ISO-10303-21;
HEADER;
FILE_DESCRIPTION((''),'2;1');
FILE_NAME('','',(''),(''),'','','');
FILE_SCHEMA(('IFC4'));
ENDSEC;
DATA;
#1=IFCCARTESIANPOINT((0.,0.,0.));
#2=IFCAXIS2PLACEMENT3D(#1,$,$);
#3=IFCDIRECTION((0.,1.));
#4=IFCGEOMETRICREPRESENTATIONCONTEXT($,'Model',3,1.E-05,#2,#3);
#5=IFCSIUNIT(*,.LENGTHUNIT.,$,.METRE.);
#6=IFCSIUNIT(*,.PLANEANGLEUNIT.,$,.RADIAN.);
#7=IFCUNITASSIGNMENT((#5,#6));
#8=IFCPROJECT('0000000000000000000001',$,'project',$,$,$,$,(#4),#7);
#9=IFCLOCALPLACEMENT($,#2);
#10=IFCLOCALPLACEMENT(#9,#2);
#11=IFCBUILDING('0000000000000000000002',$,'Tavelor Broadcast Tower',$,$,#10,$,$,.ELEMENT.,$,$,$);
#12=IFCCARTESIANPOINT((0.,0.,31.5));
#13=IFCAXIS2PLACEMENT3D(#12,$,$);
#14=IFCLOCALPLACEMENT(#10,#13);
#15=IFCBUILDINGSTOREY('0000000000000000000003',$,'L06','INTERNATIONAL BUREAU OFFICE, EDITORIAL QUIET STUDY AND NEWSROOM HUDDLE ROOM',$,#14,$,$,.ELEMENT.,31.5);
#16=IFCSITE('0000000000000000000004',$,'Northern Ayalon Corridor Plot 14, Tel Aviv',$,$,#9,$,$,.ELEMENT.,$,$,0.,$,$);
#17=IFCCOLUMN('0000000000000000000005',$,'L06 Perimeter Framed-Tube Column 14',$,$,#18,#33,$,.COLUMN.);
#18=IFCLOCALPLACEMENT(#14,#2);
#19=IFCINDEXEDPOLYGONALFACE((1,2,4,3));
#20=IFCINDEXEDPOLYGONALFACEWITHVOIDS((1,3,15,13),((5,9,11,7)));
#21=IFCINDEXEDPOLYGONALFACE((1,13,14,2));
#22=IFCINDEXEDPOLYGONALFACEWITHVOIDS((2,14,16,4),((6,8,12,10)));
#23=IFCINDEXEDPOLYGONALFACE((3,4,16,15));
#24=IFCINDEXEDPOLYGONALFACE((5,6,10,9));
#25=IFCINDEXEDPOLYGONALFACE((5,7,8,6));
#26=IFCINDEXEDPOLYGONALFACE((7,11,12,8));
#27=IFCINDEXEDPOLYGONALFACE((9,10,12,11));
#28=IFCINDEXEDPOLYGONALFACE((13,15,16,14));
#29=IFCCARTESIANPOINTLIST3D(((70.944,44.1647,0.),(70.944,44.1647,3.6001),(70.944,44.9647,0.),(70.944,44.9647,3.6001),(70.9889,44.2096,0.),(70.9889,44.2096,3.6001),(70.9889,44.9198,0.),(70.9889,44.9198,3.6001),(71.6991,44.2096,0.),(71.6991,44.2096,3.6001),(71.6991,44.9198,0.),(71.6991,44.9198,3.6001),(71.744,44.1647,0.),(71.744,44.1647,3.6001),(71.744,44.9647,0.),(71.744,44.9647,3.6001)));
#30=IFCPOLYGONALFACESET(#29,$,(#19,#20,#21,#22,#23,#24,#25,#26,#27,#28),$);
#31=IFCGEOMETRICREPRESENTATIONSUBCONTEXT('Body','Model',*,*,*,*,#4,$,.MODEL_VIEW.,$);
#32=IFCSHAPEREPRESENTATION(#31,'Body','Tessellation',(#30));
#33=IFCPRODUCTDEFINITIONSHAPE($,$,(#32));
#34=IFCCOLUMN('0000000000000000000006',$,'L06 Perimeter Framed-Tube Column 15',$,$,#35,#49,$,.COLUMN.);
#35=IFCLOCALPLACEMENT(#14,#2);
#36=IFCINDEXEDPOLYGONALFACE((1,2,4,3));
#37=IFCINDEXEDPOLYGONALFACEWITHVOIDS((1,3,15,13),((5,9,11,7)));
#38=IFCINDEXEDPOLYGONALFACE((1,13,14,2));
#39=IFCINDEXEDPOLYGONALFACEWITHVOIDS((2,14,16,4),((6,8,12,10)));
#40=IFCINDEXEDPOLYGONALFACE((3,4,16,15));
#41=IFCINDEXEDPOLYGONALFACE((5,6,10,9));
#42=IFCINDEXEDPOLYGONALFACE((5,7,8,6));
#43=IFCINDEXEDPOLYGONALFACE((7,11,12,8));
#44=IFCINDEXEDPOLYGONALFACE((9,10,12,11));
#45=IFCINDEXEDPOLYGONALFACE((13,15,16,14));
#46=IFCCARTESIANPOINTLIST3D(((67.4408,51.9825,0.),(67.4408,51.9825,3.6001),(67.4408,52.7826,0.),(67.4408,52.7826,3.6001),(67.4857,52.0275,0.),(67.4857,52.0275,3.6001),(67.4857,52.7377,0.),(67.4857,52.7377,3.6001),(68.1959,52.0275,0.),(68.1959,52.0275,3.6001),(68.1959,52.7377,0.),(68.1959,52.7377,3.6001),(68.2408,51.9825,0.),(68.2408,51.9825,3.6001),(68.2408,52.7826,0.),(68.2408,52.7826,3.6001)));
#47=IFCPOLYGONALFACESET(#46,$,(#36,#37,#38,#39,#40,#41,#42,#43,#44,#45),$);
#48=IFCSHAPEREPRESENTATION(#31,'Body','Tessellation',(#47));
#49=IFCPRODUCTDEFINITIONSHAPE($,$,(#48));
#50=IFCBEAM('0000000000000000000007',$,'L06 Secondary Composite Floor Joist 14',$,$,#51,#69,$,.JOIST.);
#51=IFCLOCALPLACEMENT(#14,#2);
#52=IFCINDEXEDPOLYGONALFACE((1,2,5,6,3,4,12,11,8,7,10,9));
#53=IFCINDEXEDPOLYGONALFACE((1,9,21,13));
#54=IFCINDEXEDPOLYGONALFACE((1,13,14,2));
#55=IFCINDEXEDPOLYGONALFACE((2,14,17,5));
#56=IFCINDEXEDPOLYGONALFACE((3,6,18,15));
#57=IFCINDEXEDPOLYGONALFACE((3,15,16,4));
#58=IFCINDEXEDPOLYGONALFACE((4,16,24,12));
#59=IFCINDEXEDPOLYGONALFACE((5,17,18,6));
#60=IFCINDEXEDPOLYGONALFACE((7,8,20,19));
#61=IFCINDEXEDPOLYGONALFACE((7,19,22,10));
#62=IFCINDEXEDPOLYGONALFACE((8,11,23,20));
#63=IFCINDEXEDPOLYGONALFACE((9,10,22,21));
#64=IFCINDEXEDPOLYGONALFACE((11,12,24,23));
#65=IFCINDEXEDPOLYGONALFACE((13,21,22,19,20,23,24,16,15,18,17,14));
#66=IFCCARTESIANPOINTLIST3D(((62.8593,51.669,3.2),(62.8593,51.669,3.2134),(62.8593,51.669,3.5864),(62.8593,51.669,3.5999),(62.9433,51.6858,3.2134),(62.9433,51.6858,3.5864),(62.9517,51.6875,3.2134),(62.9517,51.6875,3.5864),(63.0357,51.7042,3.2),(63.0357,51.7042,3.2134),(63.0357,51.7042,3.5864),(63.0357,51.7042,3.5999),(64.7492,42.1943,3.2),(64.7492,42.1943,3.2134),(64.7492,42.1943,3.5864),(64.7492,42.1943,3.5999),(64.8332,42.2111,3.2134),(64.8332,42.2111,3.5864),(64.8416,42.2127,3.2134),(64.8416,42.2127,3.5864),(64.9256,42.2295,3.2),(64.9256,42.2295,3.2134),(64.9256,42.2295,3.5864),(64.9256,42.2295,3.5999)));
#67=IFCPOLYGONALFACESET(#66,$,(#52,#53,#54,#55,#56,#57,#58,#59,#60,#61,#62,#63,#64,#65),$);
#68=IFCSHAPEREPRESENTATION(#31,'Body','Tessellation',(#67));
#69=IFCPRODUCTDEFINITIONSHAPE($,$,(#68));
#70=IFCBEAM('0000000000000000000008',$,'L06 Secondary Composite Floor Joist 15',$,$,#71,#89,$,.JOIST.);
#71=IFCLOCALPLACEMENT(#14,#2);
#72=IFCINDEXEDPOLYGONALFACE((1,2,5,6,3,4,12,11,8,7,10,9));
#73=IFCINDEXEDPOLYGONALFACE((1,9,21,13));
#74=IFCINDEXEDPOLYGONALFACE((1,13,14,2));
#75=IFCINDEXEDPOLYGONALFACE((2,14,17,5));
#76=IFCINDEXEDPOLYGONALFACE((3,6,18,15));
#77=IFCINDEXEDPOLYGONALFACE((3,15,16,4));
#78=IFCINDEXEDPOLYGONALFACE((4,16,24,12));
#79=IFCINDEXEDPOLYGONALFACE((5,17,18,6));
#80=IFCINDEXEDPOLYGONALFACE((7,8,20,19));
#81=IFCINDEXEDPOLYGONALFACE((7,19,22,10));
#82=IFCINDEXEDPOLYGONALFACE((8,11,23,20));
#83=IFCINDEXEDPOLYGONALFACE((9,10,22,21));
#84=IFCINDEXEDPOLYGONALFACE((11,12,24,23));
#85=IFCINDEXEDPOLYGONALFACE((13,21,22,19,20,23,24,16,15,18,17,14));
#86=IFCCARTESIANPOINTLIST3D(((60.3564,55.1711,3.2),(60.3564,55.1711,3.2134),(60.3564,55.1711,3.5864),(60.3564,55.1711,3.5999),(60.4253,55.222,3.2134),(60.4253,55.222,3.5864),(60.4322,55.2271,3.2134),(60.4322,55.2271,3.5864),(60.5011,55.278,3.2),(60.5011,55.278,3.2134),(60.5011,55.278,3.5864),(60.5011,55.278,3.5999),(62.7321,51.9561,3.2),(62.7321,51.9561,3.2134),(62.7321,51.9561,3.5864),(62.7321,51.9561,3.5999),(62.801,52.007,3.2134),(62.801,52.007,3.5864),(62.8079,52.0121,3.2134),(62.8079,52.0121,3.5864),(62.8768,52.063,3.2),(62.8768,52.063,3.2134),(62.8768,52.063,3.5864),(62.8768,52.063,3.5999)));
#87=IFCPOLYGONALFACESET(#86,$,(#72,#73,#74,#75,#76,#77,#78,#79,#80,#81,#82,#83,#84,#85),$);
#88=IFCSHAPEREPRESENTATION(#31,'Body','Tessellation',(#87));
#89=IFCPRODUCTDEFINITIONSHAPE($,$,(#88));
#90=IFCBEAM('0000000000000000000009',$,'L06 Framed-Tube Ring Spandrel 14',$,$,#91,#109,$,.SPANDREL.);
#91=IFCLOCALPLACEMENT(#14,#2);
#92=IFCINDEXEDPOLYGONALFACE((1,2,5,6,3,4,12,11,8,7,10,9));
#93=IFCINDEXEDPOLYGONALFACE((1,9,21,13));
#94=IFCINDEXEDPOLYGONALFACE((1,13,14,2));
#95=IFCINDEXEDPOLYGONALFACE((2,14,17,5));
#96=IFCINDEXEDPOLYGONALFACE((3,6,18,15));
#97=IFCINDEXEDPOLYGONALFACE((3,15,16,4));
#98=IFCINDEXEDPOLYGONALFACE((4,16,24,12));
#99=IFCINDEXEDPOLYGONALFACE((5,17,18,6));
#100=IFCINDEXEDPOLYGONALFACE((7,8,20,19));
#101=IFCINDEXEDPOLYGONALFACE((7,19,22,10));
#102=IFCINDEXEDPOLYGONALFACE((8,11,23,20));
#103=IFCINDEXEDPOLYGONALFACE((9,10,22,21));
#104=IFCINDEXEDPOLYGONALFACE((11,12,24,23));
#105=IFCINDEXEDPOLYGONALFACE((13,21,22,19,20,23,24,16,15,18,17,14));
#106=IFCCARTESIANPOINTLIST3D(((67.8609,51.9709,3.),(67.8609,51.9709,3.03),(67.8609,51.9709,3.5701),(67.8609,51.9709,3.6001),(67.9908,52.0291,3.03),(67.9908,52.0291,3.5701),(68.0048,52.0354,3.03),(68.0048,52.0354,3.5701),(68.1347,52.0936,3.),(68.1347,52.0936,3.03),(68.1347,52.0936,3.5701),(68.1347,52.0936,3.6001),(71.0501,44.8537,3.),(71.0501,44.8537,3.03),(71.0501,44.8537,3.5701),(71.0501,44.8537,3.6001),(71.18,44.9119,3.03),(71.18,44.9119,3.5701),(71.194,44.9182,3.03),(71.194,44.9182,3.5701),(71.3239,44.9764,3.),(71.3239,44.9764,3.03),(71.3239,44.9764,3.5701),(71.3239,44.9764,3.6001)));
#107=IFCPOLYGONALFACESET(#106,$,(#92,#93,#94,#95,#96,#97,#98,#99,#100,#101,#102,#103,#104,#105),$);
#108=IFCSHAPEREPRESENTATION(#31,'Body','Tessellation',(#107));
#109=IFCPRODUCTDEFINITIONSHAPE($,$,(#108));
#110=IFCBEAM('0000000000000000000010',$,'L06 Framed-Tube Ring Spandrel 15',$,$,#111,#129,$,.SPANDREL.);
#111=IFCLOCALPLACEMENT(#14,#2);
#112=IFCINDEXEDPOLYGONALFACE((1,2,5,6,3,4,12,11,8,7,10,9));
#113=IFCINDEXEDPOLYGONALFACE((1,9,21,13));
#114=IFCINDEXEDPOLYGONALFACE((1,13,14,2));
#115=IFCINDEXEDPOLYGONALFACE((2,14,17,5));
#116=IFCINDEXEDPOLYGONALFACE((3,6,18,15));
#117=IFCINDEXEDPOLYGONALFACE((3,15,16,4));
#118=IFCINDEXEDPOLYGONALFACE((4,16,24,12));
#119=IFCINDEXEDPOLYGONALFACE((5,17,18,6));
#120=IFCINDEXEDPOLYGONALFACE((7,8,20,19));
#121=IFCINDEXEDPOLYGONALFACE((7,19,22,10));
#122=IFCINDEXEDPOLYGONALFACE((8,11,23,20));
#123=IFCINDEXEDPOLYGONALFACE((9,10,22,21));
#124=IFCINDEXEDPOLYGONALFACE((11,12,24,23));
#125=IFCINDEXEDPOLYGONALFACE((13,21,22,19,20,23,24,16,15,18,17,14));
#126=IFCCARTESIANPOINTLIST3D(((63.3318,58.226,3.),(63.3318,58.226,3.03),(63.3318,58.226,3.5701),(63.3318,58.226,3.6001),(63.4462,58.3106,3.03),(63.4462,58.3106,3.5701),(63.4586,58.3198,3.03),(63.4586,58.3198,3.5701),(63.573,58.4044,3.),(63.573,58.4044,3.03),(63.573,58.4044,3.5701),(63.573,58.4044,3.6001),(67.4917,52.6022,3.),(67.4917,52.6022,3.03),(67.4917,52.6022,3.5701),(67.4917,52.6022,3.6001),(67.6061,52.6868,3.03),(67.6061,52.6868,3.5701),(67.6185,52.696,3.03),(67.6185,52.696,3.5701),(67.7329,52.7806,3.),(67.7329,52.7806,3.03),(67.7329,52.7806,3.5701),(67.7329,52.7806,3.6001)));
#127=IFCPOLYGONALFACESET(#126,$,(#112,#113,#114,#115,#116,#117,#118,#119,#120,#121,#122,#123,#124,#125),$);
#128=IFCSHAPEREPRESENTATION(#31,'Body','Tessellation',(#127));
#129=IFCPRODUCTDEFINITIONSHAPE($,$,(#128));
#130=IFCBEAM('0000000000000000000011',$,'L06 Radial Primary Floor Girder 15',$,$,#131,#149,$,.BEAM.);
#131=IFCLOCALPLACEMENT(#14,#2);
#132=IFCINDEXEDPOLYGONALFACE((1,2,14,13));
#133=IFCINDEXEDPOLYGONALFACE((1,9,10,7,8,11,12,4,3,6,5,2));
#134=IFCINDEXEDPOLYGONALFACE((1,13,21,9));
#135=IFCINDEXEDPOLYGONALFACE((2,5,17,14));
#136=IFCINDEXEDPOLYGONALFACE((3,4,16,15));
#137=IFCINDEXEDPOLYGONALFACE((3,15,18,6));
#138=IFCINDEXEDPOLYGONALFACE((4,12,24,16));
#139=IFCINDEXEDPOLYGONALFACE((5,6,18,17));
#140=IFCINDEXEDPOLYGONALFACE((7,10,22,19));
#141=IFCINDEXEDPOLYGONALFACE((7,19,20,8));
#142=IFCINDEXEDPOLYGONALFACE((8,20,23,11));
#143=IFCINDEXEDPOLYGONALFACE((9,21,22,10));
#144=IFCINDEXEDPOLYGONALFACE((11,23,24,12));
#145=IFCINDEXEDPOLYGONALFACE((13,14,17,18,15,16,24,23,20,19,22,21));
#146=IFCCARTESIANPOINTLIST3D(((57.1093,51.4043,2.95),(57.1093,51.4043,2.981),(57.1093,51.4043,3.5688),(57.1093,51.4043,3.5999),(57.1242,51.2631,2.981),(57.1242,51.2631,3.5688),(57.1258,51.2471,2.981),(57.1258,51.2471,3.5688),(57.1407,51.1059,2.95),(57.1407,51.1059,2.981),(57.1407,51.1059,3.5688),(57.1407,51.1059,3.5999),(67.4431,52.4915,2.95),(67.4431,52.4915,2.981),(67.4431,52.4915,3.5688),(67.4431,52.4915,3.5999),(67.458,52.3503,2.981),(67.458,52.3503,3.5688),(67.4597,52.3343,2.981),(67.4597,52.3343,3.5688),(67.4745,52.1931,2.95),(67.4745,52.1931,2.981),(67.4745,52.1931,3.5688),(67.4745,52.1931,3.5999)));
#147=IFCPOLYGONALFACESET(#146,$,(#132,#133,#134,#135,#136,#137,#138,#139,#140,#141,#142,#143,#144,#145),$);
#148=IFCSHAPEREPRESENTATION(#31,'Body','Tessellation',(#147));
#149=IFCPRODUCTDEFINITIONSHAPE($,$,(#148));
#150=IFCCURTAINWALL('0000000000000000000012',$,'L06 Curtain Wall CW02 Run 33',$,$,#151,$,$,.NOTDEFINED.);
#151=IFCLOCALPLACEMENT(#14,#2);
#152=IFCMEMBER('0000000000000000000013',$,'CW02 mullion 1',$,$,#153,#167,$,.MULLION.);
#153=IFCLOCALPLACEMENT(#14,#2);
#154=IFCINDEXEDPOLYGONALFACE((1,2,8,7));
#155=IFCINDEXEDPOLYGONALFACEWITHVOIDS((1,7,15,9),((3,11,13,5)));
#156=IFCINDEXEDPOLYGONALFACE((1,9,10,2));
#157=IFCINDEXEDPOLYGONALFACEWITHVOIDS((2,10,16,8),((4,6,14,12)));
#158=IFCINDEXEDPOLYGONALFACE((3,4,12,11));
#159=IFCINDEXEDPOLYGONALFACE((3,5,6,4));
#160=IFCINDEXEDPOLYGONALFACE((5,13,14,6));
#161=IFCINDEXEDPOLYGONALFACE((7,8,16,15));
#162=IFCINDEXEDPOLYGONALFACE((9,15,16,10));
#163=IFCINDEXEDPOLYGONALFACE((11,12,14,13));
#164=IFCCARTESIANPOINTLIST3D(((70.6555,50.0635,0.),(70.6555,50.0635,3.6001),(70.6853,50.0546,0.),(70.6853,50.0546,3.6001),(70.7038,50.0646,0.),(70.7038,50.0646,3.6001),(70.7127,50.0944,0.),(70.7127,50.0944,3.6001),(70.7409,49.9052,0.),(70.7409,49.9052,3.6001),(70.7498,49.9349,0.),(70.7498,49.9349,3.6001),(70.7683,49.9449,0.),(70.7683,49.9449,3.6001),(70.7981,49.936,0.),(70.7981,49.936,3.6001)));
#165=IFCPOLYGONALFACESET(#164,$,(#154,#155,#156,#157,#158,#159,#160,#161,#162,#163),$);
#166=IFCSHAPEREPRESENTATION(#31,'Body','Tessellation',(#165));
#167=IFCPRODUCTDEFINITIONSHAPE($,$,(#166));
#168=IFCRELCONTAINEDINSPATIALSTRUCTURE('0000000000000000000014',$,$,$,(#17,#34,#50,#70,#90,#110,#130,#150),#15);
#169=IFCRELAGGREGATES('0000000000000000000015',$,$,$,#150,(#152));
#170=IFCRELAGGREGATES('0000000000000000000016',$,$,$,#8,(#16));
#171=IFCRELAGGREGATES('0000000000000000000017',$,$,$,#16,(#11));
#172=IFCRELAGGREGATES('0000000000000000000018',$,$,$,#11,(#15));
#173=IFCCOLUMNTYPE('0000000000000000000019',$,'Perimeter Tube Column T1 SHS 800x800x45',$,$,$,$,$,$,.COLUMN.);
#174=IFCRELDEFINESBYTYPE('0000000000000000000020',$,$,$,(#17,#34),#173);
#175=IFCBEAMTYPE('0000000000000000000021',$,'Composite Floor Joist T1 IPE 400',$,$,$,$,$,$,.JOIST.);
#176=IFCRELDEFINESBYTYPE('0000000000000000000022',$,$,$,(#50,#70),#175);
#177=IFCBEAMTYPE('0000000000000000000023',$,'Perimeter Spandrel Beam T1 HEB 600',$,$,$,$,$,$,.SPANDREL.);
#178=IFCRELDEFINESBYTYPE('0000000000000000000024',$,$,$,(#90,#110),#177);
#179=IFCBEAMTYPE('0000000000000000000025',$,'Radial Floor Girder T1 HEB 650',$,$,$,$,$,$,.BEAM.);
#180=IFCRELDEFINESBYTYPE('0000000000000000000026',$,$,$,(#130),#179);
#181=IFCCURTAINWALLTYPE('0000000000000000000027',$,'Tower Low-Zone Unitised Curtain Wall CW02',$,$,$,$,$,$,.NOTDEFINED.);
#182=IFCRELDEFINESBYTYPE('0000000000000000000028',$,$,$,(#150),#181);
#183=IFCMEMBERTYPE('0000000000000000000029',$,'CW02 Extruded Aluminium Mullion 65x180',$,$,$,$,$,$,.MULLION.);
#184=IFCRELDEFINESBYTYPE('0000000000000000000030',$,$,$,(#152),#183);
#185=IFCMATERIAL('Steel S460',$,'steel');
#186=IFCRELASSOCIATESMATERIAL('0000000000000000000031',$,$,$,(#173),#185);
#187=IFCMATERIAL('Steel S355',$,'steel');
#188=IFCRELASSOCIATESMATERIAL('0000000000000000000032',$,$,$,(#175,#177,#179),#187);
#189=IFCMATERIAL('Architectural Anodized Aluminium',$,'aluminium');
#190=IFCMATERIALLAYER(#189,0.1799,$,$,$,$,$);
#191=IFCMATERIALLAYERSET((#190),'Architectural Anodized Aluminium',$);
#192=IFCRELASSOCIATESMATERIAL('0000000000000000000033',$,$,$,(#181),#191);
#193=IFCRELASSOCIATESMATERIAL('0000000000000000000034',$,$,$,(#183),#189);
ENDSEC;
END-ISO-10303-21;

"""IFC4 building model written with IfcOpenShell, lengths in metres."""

from ifc_helpers import new_model, si_unit, direction, frame, origin, origin_2d, place, context, subcontext, project, spatial, hollow_rectangle, i_section, extrude, source, transform, mapped, material, layer, layer_set, material_profile, profile_set, type_object, type_shapes, element, aggregate, save


model = new_model("IFC4")

# Units and contexts
model_context = context("Model", 3, precision=1e-05, world=origin(), true_north=direction((0.0, 1.0)))
body_context = subcontext(model_context, "Body", "Model", "MODEL_VIEW")
ifc_project = project(units=[si_unit("LENGTHUNIT", "METRE"), si_unit("PLANEANGLEUNIT", "RADIAN")], contexts=[model_context])

# Site, building, storey
site_placement = place(None, origin())
site = spatial("IfcSite", under=ifc_project, at=site_placement, Name="Northern Ayalon Corridor Plot 14, Tel Aviv", CompositionType="ELEMENT", RefElevation=0.0)
building_placement = place(site_placement, origin())
building = spatial("IfcBuilding", under=site, at=building_placement, Name="Tavelor Broadcast Tower", CompositionType="ELEMENT")
storey_placement = place(building_placement, frame((0.0, 0.0, 31.5)))
storey = spatial("IfcBuildingStorey", under=building, at=storey_placement, Name="L06", Description="INTERNATIONAL BUREAU OFFICE, EDITORIAL QUIET STUDY AND NEWSROOM HUDDLE ROOM", CompositionType="ELEMENT", Elevation=31.5)

# Columns
ifc_material_1 = material(Name="Steel S460", Category="steel")
ifc_material_profile_1 = material_profile(ifc_material_1, hollow_rectangle(XDim=0.8, YDim=0.8, WallThickness=0.0449, at=origin_2d()), Name="SHS 800x800x45")
ifc_profile_set_1 = profile_set([ifc_material_profile_1], Name="Steel S460")
column_type = type_object("IfcColumnType", Name="Perimeter Tube Column T1 SHS 800x800x45", PredefinedType="COLUMN", material=ifc_profile_set_1)
for number, where, z_axis, x_axis, name in (
    (1, (71.344, 44.5647, 0.0), (0.0, 0.0, 1.0), (1.0, 0.0, 0.0), "L06 Perimeter Framed-Tube Column 14"),
    (2, (67.8408, 52.3826, 0.0), (0.0, 0.0, 1.0), (1.0, 0.0, 0.0), "L06 Perimeter Framed-Tube Column 15"),
):
    element("IfcColumn", number, at=place(storey_placement, frame(where, z_axis=z_axis, x_axis=x_axis)), inside=storey, type_object=column_type, Name=name, PredefinedType="COLUMN", context=body_context, shape_type="SweptSolid", body=[
        extrude(hollow_rectangle(XDim=0.8, YDim=0.8, WallThickness=0.0449, at=origin_2d()), origin(), (0.0, 0.0, 1.0), 3.6001),
    ])

# Beams
ifc_material_2 = material(Name="Steel S355", Category="steel")
ifc_material_profile_2 = material_profile(ifc_material_2, i_section(OverallWidth=0.1799, OverallDepth=0.3999, WebThickness=0.0085, FlangeThickness=0.0134, at=origin_2d()), Name="IPE 400")
ifc_profile_set_2 = profile_set([ifc_material_profile_2], Name="Steel S355")
beam_type_1 = type_object("IfcBeamType", Name="Composite Floor Joist T1 IPE 400", PredefinedType="JOIST", material=ifc_profile_set_2)
beam_1_placement = place(storey_placement, frame((64.8374, 42.2119, 3.3999), z_axis=(-0.195616, 0.980681, 0.0), x_axis=(-0.980681, -0.195616, 0.0)))
element("IfcBeam", 3, at=beam_1_placement, inside=storey, type_object=beam_type_1, Name="L06 Secondary Composite Floor Joist 14", PredefinedType="JOIST", context=body_context, shape_type="SweptSolid", body=[
    extrude(i_section(OverallWidth=0.1799, OverallDepth=0.3999, WebThickness=0.0085, FlangeThickness=0.0134, at=origin_2d()), origin(), (0.0, 0.0, 1.0), 9.6614),
])
beam_2_placement = place(storey_placement, frame((62.8044, 52.0095, 3.3999), z_axis=(-0.594288, 0.804252, 0.0), x_axis=(-0.804252, -0.594288, 0.0)))
element("IfcBeam", 4, at=beam_2_placement, inside=storey, type_object=beam_type_1, Name="L06 Secondary Composite Floor Joist 15", PredefinedType="JOIST", context=body_context, shape_type="SweptSolid", body=[
    extrude(i_section(OverallWidth=0.1799, OverallDepth=0.3999, WebThickness=0.0085, FlangeThickness=0.0134, at=origin_2d()), origin(), (0.0, 0.0, 1.0), 3.9976),
])
ifc_material_profile_3 = material_profile(ifc_material_2, i_section(OverallWidth=0.3, OverallDepth=0.6001, WebThickness=0.0154, FlangeThickness=0.03, at=origin_2d()), Name="HEB 600")
ifc_profile_set_3 = profile_set([ifc_material_profile_3], Name="Steel S355")
beam_type_2 = type_object("IfcBeamType", Name="Perimeter Spandrel Beam T1 HEB 600", PredefinedType="SPANDREL", material=ifc_profile_set_3)
beam_3_placement = place(storey_placement, frame((71.187, 44.915, 3.3), z_axis=(-0.408922, 0.912569, 0.0), x_axis=(-0.912569, -0.408922, 0.0)))
element("IfcBeam", 5, at=beam_3_placement, inside=storey, type_object=beam_type_2, Name="L06 Framed-Tube Ring Spandrel 14", PredefinedType="SPANDREL", context=body_context, shape_type="SweptSolid", body=[
    extrude(i_section(OverallWidth=0.3, OverallDepth=0.6001, WebThickness=0.0154, FlangeThickness=0.03, at=origin_2d()), origin(), (0.0, 0.0, 1.0), 7.7991),
])
beam_4_placement = place(storey_placement, frame((67.6123, 52.6914, 3.3), z_axis=(-0.594687, 0.803957, 0.0), x_axis=(-0.803957, -0.594687, 0.0)))
element("IfcBeam", 6, at=beam_4_placement, inside=storey, type_object=beam_type_2, Name="L06 Framed-Tube Ring Spandrel 15", PredefinedType="SPANDREL", context=body_context, shape_type="SweptSolid", body=[
    extrude(i_section(OverallWidth=0.3, OverallDepth=0.6001, WebThickness=0.0154, FlangeThickness=0.03, at=origin_2d()), origin(), (0.0, 0.0, 1.0), 6.9951),
])
ifc_material_profile_4 = material_profile(ifc_material_2, i_section(OverallWidth=0.3, OverallDepth=0.6499, WebThickness=0.0161, FlangeThickness=0.031, at=origin_2d()), Name="HEB 650")
ifc_profile_set_4 = profile_set([ifc_material_profile_4], Name="Steel S355")
beam_type_3 = type_object("IfcBeamType", Name="Radial Floor Girder T1 HEB 650", PredefinedType="BEAM", material=ifc_profile_set_4)
beam_5_placement = place(storey_placement, frame((57.125, 51.2551, 3.2749), z_axis=(0.994512, 0.104627, 0.0), x_axis=(-0.104627, 0.994512, 0.0)))
element("IfcBeam", 7, at=beam_5_placement, inside=storey, type_object=beam_type_3, Name="L06 Radial Primary Floor Girder 15", PredefinedType="BEAM", context=body_context, shape_type="SweptSolid", body=[
    extrude(i_section(OverallWidth=0.3, OverallDepth=0.6499, WebThickness=0.0161, FlangeThickness=0.031, at=origin_2d()), origin(), (0.0, 0.0, 1.0), 10.3909),
])

# Curtain wall, member
ifc_material_3 = material(Name="Architectural Anodized Aluminium", Category="aluminium")
ifc_layer_1 = layer(ifc_material_3, 0.1799)
ifc_layer_set_1 = layer_set([ifc_layer_1], Name="Architectural Anodized Aluminium")
curtain_wall_type = type_object("IfcCurtainWallType", Name="Tower Low-Zone Unitised Curtain Wall CW02", PredefinedType="NOTDEFINED", material=ifc_layer_set_1)
curtain_wall_placement = place(storey_placement, origin())
curtain_wall = element("IfcCurtainWall", 8, at=curtain_wall_placement, inside=storey, type_object=curtain_wall_type, Name="L06 Curtain Wall CW02 Run 33", PredefinedType="NOTDEFINED")
ifc_material_profile_5 = material_profile(ifc_material_3, hollow_rectangle(XDim=0.0649, YDim=0.1799, WallThickness=0.022, at=origin_2d()), Name="RHS 65x180x22")
ifc_profile_set_5 = profile_set([ifc_material_profile_5], Name="Architectural Anodized Aluminium")
member_type_1 = type_object("IfcMemberType", Name="CW02 Extruded Aluminium Mullion 65x180", PredefinedType="MULLION", material=ifc_profile_set_5)
shared_shape_1 = source(origin(), body_context, "Body", "SweptSolid", [
    extrude(hollow_rectangle(XDim=0.0649, YDim=0.1799, WallThickness=0.022, at=origin_2d()), origin(), (0.0, 0.0, 1.0), 3.6001),
])
type_shapes(member_type_1, [shared_shape_1])
member_1_placement = place(storey_placement, frame((70.7268, 49.9998, 0.0), z_axis=(0.0, 0.0, 1.0), x_axis=(-0.880273, -0.474467, 0.0)))
member_1 = element("IfcMember", 9, at=member_1_placement, type_object=member_type_1, Name="CW02 mullion 1", PredefinedType="MULLION", context=body_context, shape_type="MappedRepresentation", body=[
    mapped(shared_shape_1, transform((0.0, 0.0, 0.0), scale=1.0)),
])
aggregate(curtain_wall, [member_1])

save(model, "model.ifc")
